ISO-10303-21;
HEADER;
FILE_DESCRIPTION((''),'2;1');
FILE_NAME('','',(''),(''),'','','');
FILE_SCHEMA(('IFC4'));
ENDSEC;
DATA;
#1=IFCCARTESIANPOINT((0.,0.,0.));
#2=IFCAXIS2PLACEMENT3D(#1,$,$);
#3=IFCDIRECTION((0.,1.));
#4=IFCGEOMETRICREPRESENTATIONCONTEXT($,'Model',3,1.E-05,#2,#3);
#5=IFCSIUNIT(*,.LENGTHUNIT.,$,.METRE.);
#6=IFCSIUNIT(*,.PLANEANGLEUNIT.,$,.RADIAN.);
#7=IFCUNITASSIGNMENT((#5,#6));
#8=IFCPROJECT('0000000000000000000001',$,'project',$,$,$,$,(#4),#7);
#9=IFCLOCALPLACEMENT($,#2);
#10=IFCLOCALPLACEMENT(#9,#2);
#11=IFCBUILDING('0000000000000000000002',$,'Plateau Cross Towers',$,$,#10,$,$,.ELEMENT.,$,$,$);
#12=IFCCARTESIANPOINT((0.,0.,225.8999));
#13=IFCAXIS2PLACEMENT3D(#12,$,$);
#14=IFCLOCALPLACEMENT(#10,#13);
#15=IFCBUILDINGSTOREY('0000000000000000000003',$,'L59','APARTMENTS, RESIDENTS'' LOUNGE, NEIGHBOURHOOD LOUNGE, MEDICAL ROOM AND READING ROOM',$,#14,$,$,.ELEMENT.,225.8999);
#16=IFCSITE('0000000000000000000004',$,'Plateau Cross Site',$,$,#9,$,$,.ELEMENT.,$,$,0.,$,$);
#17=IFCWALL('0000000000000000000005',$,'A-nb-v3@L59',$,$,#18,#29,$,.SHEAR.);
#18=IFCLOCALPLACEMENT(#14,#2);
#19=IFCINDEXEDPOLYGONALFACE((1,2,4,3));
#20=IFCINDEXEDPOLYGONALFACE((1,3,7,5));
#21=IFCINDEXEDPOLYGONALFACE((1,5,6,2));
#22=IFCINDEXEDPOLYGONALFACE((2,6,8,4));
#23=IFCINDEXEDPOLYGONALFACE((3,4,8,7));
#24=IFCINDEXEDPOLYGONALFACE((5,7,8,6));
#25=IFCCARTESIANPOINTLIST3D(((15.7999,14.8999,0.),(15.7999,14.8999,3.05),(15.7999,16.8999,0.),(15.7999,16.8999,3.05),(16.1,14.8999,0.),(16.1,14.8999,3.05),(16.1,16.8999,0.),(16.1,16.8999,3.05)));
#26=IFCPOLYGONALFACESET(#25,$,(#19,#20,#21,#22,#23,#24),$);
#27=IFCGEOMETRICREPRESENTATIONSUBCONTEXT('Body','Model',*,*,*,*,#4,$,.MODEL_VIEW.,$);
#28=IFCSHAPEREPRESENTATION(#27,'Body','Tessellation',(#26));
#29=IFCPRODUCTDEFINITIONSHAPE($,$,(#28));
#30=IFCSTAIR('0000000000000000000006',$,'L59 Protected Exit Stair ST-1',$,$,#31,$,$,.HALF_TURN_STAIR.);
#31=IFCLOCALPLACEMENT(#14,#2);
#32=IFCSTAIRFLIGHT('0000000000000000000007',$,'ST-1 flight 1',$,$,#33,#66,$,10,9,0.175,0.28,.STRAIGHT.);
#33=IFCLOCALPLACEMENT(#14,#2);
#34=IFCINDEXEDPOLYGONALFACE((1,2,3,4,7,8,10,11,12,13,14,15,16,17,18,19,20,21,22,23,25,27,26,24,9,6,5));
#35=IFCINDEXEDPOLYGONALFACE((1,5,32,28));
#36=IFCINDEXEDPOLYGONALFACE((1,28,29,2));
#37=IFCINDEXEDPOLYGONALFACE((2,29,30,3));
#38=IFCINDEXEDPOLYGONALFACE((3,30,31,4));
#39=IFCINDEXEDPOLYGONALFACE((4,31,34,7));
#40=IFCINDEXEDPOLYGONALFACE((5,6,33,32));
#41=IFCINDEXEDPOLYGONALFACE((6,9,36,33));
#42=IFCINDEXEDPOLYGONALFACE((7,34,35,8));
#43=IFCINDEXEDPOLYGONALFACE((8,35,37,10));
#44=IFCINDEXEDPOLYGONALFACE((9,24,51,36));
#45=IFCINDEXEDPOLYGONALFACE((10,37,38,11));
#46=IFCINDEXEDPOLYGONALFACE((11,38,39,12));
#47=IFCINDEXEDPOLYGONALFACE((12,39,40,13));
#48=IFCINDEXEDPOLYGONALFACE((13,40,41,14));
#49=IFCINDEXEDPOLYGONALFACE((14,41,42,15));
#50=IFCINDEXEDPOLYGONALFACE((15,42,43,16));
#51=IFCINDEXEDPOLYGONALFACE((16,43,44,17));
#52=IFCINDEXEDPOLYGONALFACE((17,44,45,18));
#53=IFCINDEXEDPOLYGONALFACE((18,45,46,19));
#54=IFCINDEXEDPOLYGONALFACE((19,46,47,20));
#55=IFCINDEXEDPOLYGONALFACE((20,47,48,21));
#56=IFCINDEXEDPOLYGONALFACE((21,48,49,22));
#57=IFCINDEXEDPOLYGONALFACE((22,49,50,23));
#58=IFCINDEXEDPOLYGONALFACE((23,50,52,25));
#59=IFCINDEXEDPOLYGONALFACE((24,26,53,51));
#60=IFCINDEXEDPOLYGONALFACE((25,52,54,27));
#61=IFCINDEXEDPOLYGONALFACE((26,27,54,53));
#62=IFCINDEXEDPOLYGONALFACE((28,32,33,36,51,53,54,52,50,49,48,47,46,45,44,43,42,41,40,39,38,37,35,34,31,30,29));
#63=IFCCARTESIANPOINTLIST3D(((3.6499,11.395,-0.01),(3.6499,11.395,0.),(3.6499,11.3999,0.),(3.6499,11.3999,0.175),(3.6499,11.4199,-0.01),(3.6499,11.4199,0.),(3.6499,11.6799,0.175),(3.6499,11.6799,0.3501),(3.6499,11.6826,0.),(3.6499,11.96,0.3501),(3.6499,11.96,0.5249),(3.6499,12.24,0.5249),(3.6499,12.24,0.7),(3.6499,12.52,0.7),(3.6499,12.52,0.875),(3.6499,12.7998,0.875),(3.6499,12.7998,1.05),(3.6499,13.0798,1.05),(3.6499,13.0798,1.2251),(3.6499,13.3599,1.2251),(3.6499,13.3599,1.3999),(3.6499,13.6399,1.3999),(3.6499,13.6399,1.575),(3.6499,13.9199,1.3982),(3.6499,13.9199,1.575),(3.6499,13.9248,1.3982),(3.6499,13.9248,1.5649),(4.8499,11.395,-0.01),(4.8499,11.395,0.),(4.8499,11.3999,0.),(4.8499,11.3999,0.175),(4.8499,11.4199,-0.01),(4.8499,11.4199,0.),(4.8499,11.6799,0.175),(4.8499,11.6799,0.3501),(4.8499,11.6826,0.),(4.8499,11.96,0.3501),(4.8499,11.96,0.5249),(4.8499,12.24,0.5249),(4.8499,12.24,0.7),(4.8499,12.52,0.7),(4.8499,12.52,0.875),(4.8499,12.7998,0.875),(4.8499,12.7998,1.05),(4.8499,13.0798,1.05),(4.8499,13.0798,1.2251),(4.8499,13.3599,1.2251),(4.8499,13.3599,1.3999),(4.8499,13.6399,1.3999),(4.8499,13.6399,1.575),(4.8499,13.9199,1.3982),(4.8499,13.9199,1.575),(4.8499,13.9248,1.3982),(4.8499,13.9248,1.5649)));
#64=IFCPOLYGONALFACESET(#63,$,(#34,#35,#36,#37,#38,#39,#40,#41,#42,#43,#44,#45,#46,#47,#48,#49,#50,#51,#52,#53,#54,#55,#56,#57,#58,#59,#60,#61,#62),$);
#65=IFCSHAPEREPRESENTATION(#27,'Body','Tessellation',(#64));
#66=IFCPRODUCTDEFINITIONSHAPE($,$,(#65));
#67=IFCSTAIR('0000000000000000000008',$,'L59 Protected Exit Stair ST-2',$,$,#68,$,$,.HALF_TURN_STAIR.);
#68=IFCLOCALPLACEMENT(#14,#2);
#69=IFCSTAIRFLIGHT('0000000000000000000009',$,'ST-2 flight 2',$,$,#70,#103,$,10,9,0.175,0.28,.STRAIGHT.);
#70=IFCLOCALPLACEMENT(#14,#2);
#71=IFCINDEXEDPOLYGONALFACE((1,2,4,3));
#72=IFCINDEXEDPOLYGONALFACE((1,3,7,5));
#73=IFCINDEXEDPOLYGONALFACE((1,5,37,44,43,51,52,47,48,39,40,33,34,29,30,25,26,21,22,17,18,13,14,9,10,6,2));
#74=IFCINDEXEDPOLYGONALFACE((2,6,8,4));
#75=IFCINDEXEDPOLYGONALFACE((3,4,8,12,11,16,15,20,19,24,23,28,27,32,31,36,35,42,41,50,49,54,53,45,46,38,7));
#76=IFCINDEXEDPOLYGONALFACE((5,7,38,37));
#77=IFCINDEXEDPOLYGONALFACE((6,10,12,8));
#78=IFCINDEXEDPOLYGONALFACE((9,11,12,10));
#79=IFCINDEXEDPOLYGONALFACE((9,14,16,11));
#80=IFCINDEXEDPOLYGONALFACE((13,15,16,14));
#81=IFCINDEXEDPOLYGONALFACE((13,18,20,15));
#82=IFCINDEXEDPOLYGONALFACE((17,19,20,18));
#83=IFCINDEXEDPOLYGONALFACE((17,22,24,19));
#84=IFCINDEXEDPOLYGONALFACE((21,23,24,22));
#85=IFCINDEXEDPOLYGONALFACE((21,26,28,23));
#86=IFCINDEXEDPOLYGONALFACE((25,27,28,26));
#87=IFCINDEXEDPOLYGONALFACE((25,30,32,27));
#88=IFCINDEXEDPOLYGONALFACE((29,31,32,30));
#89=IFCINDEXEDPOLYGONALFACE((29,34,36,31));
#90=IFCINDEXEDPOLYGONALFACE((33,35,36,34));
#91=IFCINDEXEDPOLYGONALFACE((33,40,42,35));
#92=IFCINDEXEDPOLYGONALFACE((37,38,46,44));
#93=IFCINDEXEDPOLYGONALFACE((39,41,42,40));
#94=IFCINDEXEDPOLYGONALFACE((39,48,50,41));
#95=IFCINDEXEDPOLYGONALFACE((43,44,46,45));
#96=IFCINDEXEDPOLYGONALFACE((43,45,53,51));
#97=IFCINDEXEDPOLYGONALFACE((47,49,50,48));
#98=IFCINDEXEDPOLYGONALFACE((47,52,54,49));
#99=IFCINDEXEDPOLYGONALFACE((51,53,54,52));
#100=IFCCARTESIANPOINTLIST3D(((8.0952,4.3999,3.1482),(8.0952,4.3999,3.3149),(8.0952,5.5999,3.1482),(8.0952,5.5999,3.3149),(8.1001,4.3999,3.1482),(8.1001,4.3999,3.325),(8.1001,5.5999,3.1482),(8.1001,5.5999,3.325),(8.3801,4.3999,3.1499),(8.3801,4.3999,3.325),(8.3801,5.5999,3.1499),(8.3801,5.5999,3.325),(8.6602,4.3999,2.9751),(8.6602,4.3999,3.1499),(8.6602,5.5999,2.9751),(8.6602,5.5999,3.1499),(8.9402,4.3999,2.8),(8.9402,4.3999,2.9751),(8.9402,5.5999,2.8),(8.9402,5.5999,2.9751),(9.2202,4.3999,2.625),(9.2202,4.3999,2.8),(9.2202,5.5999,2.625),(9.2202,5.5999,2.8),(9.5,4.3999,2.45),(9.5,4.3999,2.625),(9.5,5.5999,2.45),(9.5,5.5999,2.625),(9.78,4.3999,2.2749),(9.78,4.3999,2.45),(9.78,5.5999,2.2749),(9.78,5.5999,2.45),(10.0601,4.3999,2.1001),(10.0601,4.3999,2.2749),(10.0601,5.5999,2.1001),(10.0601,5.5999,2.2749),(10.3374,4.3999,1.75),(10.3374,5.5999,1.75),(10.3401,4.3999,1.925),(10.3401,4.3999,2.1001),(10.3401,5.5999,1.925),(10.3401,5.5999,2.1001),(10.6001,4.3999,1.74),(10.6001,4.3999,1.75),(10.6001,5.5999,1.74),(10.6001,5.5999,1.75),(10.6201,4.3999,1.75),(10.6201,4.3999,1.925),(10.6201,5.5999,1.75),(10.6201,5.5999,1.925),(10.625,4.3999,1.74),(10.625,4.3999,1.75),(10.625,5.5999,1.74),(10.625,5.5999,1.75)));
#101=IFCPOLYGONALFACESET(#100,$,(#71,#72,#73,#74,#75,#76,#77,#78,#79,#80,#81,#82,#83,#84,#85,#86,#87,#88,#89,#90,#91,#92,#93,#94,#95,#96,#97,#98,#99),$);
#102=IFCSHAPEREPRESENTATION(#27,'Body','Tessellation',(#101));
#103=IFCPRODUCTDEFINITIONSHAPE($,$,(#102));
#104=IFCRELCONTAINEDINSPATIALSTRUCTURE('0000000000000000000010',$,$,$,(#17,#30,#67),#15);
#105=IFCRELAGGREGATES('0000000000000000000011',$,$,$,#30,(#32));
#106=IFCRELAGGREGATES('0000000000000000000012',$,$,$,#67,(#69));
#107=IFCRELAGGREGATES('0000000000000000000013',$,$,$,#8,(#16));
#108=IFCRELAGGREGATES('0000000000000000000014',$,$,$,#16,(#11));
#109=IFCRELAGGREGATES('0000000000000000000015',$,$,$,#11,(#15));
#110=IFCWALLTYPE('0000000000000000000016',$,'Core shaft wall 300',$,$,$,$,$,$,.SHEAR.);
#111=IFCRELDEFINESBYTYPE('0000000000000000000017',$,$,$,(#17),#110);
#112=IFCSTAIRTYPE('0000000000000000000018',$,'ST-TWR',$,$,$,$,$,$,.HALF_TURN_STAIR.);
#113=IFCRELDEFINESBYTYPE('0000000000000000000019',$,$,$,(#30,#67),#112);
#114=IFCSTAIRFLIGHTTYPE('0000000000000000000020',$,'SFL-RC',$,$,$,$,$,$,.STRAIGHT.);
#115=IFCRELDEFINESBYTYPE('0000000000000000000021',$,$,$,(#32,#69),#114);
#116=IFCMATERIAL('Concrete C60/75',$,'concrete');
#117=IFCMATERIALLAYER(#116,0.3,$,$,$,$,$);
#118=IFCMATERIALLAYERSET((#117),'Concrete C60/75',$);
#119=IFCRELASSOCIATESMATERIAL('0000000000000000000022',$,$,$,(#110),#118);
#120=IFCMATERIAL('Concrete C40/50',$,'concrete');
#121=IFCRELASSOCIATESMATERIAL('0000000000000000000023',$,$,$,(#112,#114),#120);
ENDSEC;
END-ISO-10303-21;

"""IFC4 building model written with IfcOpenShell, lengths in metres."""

from ifc_helpers import new_model, si_unit, direction, frame, frame_2d, origin, place, context, subcontext, project, spatial, polyline, rectangle, outline, extrude, material, layer, layer_set, type_object, element, aggregate, save


model = new_model("IFC4")

# Units and contexts
model_context = context("Model", 3, precision=1e-05, world=origin(), true_north=direction((0.0, 1.0)))
body_context = subcontext(model_context, "Body", "Model", "MODEL_VIEW")
ifc_project = project(units=[si_unit("LENGTHUNIT", "METRE"), si_unit("PLANEANGLEUNIT", "RADIAN")], contexts=[model_context])

# Site, building, storey
site_placement = place(None, origin())
site = spatial("IfcSite", under=ifc_project, at=site_placement, Name="Plateau Cross Site", CompositionType="ELEMENT", RefElevation=0.0)
building_placement = place(site_placement, origin())
building = spatial("IfcBuilding", under=site, at=building_placement, Name="Plateau Cross Towers", CompositionType="ELEMENT")
storey_placement = place(building_placement, frame((0.0, 0.0, 225.8999)))
storey = spatial("IfcBuildingStorey", under=building, at=storey_placement, Name="L59", Description="APARTMENTS, RESIDENTS' LOUNGE, NEIGHBOURHOOD LOUNGE, MEDICAL ROOM AND READING ROOM", CompositionType="ELEMENT", Elevation=225.8999)

# Shared definitions
ifc_material_1 = material(Name="Concrete C60/75", Category="concrete")
ifc_layer_1 = layer(ifc_material_1, 0.3)
ifc_layer_set_1 = layer_set([ifc_layer_1], Name="Concrete C60/75")
wall_type_1 = type_object("IfcWallType", Name="Core shaft wall 300", PredefinedType="SHEAR", material=ifc_layer_set_1)

# Wall
for number, where, z_axis, x_axis, name in (
    (1, (15.95, 14.8999, 0.0), (0.0, 0.0, 1.0), (0.0, 1.0, 0.0), "A-nb-v3@L59"),
):
    element("IfcWall", number, at=place(storey_placement, frame(where, z_axis=z_axis, x_axis=x_axis)), inside=storey, type_object=wall_type_1, Name=name, PredefinedType="SHEAR", context=body_context, shape_type="SweptSolid", body=[
        extrude(rectangle(XDim=2.0, YDim=0.3, at=frame_2d((1.0, 0.0))), origin(), (0.0, 0.0, 1.0), 3.05),
    ])

# Stairs, stair flights
ifc_material_2 = material(Name="Concrete C40/50", Category="concrete")
stair_type = type_object("IfcStairType", Name="ST-TWR", PredefinedType="HALF_TURN_STAIR", material=ifc_material_2)
stair_1_placement = place(storey_placement, origin())
stair_1 = element("IfcStair", 2, at=stair_1_placement, inside=storey, type_object=stair_type, Name="L59 Protected Exit Stair ST-1", PredefinedType="HALF_TURN_STAIR")
stair_flight_type = type_object("IfcStairFlightType", Name="SFL-RC", PredefinedType="STRAIGHT", material=ifc_material_2)
stair_flight_1_placement = place(storey_placement, frame((4.25, 11.3999, 0.0), z_axis=(0.0, 0.0, 1.0), x_axis=(0.0, 1.0, 0.0)))
stair_flight_1 = element("IfcStairFlight", 3, at=stair_flight_1_placement, type_object=stair_flight_type, Name="ST-1 flight 1", NumberOfRisers=10, NumberOfTreads=9, PredefinedType="STRAIGHT", RiserHeight=0.175, TreadLength=0.28, context=body_context, shape_type="SweptSolid", body=[
    extrude(outline(polyline([(-0.0049, -0.01), (-0.0049, 0.0), (0.0, 0.0), (0.0, 0.175), (0.28, 0.175), (0.28, 0.3501), (0.5601, 0.3501), (0.5601, 0.5249), (0.8401, 0.5249), (0.8401, 0.7), (1.1201, 0.7), (1.1201, 0.875), (1.3999, 0.875), (1.3999, 1.05), (1.6799, 1.05), (1.6799, 1.2251), (1.96, 1.2251), (1.96, 1.3999), (2.24, 1.3999), (2.24, 1.575), (2.52, 1.575), (2.5249, 1.5649), (2.5249, 1.3982), (2.52, 1.3982), (0.2827, 0.0), (0.02, 0.0), (0.02, -0.01), (-0.0049, -0.01)])), frame((0.0, 0.6001, 0.0), z_axis=(0.0, -1.0, 0.0), x_axis=(1.0, 0.0, 0.0)), (0.0, 0.0, 1.0), 1.2),
])
aggregate(stair_1, [stair_flight_1])
stair_2_placement = place(storey_placement, origin())
stair_2 = element("IfcStair", 4, at=stair_2_placement, inside=storey, type_object=stair_type, Name="L59 Protected Exit Stair ST-2", PredefinedType="HALF_TURN_STAIR")
stair_flight_2_placement = place(storey_placement, frame((10.6201, 5.0, 1.75), z_axis=(0.0, 0.0, 1.0), x_axis=(-1.0, 0.0, 0.0)))
stair_flight_2 = element("IfcStairFlight", 5, at=stair_flight_2_placement, type_object=stair_flight_type, Name="ST-2 flight 2", NumberOfRisers=10, NumberOfTreads=9, PredefinedType="STRAIGHT", RiserHeight=0.175, TreadLength=0.28, context=body_context, shape_type="SweptSolid", body=[
    extrude(outline(polyline([(-0.0049, -0.01), (-0.0049, 0.0), (0.0, 0.0), (0.0, 0.175), (0.28, 0.175), (0.28, 0.3501), (0.5601, 0.3501), (0.5601, 0.5249), (0.8401, 0.5249), (0.8401, 0.7), (1.1201, 0.7), (1.1201, 0.875), (1.3999, 0.875), (1.3999, 1.05), (1.6799, 1.05), (1.6799, 1.2251), (1.96, 1.2251), (1.96, 1.3999), (2.24, 1.3999), (2.24, 1.575), (2.52, 1.575), (2.5249, 1.5649), (2.5249, 1.3982), (2.52, 1.3982), (0.2827, 0.0), (0.02, 0.0), (0.02, -0.01), (-0.0049, -0.01)])), frame((0.0, 0.6001, 0.0), z_axis=(0.0, -1.0, 0.0), x_axis=(1.0, 0.0, 0.0)), (0.0, 0.0, 1.0), 1.2),
])
aggregate(stair_2, [stair_flight_2])

save(model, "model.ifc")
